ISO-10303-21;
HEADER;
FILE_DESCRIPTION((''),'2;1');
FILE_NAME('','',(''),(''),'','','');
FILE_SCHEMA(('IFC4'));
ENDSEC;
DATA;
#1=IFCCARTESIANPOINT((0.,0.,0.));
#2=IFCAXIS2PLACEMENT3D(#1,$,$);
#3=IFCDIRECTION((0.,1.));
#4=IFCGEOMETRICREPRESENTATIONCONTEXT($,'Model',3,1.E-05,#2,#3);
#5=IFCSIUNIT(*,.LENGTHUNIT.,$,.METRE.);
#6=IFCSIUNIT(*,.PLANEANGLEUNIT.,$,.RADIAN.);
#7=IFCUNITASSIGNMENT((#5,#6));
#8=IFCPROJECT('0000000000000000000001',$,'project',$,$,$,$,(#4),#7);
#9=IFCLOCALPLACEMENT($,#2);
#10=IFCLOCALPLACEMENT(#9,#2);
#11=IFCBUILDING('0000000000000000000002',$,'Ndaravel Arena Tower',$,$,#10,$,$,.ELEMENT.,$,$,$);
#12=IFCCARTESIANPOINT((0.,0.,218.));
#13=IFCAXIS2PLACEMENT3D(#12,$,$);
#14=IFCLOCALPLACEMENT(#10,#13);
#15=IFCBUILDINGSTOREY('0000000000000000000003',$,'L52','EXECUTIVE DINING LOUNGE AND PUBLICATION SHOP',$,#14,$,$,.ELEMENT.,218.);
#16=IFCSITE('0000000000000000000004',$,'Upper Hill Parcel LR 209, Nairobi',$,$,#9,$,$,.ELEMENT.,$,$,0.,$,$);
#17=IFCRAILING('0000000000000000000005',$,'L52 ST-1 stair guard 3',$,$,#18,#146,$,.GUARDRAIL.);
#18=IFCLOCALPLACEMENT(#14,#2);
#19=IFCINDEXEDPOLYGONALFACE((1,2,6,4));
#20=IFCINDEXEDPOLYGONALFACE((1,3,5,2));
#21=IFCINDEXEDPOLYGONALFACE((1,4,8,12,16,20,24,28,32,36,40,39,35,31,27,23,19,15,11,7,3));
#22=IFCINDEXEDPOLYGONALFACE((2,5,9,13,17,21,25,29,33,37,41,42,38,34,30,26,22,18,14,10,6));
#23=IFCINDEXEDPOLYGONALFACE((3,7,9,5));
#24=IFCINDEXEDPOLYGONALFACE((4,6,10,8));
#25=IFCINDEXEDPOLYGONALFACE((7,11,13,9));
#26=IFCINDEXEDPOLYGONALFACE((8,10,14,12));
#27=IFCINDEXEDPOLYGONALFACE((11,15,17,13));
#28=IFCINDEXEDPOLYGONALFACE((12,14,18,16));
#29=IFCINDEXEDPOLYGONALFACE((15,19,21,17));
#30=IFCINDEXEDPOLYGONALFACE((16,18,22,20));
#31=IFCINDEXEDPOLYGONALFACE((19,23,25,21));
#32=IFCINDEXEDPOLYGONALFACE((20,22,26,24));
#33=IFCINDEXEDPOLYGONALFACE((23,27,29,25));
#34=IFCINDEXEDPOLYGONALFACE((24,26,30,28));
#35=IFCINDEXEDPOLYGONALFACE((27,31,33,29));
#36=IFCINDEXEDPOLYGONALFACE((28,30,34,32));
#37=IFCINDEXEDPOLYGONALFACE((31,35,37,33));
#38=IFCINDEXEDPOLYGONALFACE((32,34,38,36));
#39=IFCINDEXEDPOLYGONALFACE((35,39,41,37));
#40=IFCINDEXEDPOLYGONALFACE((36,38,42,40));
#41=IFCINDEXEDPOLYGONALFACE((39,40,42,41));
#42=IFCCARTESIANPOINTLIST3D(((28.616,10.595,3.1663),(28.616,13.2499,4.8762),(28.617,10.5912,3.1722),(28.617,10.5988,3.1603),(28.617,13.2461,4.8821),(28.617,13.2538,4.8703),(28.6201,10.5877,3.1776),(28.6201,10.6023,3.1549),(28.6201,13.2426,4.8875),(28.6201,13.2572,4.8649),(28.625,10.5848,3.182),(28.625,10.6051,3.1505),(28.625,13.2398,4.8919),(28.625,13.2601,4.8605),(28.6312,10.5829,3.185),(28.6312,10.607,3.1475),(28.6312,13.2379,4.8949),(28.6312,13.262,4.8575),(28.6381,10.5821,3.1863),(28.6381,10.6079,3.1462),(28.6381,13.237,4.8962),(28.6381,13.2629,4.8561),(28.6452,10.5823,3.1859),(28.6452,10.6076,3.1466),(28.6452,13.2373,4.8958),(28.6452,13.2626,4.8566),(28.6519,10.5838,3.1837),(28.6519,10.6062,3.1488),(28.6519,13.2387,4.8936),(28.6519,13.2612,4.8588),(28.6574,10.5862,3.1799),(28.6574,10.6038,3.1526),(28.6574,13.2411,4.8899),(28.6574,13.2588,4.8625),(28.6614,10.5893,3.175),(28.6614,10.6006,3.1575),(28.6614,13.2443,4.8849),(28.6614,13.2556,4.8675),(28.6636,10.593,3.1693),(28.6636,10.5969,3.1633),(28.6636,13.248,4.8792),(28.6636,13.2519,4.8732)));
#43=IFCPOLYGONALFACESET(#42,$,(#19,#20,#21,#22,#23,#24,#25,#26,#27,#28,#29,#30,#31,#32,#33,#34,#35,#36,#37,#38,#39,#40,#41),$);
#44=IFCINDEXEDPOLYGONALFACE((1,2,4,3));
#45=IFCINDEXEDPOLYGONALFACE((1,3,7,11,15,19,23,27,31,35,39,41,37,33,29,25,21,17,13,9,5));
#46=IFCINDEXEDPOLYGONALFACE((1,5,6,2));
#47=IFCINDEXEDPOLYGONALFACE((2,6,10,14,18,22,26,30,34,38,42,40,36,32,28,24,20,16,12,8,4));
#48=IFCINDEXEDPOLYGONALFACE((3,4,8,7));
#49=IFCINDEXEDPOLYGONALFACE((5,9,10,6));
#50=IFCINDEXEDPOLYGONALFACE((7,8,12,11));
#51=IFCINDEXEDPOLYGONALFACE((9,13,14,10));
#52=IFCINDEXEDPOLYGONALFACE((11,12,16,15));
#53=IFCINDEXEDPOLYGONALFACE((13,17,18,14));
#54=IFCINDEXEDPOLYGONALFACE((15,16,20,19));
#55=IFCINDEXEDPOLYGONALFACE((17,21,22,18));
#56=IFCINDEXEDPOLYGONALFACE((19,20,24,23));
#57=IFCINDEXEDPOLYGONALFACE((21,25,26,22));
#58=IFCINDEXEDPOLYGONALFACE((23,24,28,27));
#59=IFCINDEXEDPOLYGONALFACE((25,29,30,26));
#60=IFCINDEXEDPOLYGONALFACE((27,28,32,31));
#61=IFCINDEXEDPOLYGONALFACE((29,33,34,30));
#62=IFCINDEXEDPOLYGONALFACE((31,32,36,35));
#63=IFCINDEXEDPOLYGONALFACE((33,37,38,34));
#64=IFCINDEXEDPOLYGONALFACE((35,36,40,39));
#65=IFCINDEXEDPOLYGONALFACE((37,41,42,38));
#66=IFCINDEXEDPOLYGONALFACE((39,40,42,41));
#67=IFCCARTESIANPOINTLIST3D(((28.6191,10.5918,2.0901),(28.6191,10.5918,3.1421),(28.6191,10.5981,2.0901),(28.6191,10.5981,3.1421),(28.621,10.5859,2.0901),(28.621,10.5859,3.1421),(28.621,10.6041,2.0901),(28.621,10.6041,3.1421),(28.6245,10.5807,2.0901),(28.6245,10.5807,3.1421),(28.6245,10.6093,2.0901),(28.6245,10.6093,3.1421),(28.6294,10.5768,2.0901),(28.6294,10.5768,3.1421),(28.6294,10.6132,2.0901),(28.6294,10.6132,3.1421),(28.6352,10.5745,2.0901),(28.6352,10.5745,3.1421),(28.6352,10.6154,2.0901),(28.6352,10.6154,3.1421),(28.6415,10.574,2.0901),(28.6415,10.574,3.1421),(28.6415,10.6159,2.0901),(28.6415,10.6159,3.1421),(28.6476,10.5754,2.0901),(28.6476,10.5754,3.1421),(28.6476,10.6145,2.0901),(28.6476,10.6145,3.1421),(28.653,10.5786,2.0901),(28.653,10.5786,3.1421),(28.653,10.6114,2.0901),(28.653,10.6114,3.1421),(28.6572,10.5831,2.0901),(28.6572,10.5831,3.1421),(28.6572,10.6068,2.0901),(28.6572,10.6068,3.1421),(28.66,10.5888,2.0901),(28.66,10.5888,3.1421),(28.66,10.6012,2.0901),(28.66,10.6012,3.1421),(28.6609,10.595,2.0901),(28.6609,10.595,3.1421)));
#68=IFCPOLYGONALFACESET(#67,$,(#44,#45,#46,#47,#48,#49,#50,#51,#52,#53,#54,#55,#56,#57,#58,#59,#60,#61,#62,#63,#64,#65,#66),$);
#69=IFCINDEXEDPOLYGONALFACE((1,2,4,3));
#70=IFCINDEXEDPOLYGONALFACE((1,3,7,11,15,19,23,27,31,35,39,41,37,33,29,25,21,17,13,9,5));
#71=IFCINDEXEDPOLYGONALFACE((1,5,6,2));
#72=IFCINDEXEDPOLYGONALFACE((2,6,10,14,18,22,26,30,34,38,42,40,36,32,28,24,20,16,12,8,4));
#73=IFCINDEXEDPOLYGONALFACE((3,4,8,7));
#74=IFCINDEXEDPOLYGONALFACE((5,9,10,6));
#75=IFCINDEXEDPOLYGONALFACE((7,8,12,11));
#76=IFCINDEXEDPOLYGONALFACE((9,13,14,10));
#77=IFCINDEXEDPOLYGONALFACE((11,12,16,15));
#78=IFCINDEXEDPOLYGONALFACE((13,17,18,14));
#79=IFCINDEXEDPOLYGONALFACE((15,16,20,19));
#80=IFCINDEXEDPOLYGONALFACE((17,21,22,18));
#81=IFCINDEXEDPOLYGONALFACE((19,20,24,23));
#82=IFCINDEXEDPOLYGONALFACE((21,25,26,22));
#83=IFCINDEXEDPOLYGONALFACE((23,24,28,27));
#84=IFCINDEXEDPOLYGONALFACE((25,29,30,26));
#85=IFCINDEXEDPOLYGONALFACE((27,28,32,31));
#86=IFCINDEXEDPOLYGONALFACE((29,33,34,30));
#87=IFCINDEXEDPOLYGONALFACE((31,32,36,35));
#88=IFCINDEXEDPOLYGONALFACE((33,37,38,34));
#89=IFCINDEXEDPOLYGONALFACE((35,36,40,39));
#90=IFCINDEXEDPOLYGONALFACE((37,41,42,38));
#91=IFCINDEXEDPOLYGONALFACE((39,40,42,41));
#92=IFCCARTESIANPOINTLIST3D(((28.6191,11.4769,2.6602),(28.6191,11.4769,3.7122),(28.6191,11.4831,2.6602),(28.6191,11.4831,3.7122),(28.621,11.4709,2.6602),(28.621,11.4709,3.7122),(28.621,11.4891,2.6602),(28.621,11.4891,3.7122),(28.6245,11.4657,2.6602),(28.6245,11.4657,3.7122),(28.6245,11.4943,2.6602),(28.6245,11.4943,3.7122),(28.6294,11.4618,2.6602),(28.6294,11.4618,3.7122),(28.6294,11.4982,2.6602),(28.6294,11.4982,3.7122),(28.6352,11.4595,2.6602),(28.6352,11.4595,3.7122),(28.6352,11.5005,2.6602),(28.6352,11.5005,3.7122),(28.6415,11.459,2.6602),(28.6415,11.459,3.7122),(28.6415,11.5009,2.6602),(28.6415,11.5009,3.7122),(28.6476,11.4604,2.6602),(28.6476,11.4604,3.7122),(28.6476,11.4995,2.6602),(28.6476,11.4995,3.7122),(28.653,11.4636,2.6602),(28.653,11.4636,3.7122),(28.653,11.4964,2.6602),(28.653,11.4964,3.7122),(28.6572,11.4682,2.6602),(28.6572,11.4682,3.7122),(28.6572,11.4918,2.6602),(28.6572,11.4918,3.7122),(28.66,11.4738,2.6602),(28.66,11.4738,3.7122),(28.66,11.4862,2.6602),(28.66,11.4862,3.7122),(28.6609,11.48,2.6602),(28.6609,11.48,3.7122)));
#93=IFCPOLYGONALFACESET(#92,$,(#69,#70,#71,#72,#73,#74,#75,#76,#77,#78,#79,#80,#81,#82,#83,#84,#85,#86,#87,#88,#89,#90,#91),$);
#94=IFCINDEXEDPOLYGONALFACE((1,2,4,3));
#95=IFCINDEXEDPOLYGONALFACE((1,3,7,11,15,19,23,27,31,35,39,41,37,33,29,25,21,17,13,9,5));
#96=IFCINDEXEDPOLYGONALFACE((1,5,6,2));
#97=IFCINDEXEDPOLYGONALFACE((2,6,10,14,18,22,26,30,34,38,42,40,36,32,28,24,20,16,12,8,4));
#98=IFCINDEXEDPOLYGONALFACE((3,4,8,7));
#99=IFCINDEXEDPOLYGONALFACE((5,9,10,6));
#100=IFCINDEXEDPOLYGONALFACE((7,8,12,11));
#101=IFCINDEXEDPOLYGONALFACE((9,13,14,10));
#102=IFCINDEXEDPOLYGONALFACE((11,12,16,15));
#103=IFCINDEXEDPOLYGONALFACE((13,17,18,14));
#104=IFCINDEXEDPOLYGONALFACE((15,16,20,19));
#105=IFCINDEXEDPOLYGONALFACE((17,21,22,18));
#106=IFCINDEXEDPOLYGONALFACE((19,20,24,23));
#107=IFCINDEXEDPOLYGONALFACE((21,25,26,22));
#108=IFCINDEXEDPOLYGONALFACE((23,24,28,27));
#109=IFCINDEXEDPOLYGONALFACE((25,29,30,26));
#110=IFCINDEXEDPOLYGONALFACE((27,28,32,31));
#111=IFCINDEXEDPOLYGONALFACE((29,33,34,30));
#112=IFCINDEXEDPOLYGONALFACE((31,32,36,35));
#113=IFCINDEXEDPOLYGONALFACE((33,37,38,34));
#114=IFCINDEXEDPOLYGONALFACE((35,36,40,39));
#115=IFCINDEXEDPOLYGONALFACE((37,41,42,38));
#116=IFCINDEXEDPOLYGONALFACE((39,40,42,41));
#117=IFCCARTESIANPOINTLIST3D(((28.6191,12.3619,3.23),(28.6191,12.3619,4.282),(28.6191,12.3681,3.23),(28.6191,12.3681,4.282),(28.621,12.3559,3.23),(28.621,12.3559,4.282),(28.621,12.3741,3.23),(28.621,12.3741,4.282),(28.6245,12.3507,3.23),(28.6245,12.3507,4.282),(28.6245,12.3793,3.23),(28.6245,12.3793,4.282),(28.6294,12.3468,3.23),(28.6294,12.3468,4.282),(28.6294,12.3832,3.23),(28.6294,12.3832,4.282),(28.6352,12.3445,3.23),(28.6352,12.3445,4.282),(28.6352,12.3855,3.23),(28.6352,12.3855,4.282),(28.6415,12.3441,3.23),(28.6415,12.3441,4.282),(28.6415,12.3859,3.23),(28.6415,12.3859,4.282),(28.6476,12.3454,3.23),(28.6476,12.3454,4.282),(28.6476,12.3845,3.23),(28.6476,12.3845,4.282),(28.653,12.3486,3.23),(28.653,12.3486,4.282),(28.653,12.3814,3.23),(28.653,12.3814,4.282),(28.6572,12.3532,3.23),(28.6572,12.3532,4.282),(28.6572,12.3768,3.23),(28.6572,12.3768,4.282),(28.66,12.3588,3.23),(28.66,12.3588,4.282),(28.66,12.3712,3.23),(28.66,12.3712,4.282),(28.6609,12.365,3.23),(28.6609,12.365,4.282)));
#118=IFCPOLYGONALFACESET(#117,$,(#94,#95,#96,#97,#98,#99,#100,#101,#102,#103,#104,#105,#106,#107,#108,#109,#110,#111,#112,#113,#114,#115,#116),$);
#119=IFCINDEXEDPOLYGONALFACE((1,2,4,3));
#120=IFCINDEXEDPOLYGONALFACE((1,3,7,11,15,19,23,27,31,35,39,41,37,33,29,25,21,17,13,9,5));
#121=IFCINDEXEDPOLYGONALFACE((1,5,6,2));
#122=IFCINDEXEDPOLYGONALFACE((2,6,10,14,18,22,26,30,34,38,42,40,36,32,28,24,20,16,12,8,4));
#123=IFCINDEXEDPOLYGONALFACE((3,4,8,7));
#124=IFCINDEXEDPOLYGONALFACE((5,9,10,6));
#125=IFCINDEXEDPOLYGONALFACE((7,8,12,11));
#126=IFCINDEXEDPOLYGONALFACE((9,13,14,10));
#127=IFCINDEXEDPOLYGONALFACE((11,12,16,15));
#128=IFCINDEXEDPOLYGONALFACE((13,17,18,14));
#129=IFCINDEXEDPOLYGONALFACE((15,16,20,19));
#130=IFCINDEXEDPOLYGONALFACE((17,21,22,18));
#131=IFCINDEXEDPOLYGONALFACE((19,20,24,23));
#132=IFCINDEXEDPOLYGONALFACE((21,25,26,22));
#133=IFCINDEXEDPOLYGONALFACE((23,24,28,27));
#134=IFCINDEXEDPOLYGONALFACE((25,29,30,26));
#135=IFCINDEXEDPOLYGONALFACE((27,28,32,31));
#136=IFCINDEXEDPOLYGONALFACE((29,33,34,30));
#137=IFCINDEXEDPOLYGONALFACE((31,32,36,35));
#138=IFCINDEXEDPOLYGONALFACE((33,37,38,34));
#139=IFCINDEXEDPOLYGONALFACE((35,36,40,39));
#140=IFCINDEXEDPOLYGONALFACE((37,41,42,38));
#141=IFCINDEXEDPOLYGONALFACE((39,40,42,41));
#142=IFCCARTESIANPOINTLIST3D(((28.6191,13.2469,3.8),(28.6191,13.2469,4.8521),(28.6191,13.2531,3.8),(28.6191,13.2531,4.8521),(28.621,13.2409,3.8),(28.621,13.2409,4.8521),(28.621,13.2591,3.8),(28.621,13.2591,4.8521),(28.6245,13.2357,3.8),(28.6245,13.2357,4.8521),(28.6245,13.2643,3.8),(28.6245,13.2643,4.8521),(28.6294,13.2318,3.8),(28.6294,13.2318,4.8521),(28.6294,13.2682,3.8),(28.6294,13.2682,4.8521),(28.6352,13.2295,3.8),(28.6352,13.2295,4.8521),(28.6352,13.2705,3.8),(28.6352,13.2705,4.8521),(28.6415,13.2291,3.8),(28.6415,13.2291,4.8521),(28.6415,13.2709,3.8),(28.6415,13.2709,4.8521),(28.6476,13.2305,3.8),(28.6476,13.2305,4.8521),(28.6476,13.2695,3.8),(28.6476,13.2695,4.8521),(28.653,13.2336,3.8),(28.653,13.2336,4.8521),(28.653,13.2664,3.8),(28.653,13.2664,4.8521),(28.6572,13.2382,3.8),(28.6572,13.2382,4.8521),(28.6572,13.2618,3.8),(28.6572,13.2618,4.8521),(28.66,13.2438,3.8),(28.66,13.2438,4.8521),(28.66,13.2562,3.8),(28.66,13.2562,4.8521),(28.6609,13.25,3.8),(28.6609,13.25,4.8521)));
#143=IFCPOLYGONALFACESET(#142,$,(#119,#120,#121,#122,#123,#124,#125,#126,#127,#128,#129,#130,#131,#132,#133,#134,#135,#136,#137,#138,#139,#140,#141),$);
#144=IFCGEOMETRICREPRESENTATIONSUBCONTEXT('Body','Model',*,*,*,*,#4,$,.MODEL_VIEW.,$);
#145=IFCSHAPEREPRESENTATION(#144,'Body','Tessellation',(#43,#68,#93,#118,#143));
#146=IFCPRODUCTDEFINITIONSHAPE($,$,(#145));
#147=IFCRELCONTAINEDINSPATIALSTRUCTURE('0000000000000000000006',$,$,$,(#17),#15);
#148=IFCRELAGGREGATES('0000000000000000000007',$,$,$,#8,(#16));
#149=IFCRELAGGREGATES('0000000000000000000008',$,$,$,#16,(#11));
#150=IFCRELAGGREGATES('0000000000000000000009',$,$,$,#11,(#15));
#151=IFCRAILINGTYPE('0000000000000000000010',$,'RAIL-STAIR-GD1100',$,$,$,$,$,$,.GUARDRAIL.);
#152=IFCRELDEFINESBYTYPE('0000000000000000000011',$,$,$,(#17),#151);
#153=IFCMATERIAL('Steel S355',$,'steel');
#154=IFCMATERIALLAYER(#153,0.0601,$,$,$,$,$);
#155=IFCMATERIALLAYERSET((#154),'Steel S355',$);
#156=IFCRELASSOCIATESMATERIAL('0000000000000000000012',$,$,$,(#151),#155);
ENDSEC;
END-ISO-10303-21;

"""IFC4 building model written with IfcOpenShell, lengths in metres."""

from ifc_helpers import new_model, si_unit, direction, frame, origin, origin_2d, place, context, subcontext, project, spatial, circle, extrude, material, layer, layer_set, type_object, element, save


model = new_model("IFC4")

# Units and contexts
model_context = context("Model", 3, precision=1e-05, world=origin(), true_north=direction((0.0, 1.0)))
body_context = subcontext(model_context, "Body", "Model", "MODEL_VIEW")
ifc_project = project(units=[si_unit("LENGTHUNIT", "METRE"), si_unit("PLANEANGLEUNIT", "RADIAN")], contexts=[model_context])

# Site, building, storey
site_placement = place(None, origin())
site = spatial("IfcSite", under=ifc_project, at=site_placement, Name="Upper Hill Parcel LR 209, Nairobi", CompositionType="ELEMENT", RefElevation=0.0)
building_placement = place(site_placement, origin())
building = spatial("IfcBuilding", under=site, at=building_placement, Name="Ndaravel Arena Tower", CompositionType="ELEMENT")
storey_placement = place(building_placement, frame((0.0, 0.0, 218.0)))
storey = spatial("IfcBuildingStorey", under=building, at=storey_placement, Name="L52", Description="EXECUTIVE DINING LOUNGE AND PUBLICATION SHOP", CompositionType="ELEMENT", Elevation=218.0)

# Railing
ifc_material_1 = material(Name="Steel S355", Category="steel")
ifc_layer_1 = layer(ifc_material_1, 0.0601)
ifc_layer_set_1 = layer_set([ifc_layer_1], Name="Steel S355")
railing_type_1 = type_object("IfcRailingType", Name="RAIL-STAIR-GD1100", PredefinedType="GUARDRAIL", material=ifc_layer_set_1)
railing_1_placement = place(storey_placement, frame((28.6399, 10.595, 2.0901)))
element("IfcRailing", 1, at=railing_1_placement, inside=storey, type_object=railing_type_1, Name="L52 ST-1 stair guard 3", PredefinedType="GUARDRAIL", context=body_context, shape_type="SweptSolid", body=[
    extrude(circle(Radius=0.0239, at=origin_2d()), frame((0.0, 0.0, 1.0762), z_axis=(0.0, 0.840724, 0.541465), x_axis=(-1.0, 0.0, 0.0)), (0.0, 0.0, 1.0), 3.158),
    extrude(circle(Radius=0.021, at=origin_2d()), origin(), (0.0, 0.0, 1.0), 1.052),
    extrude(circle(Radius=0.021, at=origin_2d()), frame((0.0, 0.885, 0.5701)), (0.0, 0.0, 1.0), 1.052),
    extrude(circle(Radius=0.021, at=origin_2d()), frame((0.0, 1.77, 1.1399)), (0.0, 0.0, 1.0), 1.052),
    extrude(circle(Radius=0.021, at=origin_2d()), frame((0.0, 2.655, 1.71)), (0.0, 0.0, 1.0), 1.052),
])

save(model, "model.ifc")
